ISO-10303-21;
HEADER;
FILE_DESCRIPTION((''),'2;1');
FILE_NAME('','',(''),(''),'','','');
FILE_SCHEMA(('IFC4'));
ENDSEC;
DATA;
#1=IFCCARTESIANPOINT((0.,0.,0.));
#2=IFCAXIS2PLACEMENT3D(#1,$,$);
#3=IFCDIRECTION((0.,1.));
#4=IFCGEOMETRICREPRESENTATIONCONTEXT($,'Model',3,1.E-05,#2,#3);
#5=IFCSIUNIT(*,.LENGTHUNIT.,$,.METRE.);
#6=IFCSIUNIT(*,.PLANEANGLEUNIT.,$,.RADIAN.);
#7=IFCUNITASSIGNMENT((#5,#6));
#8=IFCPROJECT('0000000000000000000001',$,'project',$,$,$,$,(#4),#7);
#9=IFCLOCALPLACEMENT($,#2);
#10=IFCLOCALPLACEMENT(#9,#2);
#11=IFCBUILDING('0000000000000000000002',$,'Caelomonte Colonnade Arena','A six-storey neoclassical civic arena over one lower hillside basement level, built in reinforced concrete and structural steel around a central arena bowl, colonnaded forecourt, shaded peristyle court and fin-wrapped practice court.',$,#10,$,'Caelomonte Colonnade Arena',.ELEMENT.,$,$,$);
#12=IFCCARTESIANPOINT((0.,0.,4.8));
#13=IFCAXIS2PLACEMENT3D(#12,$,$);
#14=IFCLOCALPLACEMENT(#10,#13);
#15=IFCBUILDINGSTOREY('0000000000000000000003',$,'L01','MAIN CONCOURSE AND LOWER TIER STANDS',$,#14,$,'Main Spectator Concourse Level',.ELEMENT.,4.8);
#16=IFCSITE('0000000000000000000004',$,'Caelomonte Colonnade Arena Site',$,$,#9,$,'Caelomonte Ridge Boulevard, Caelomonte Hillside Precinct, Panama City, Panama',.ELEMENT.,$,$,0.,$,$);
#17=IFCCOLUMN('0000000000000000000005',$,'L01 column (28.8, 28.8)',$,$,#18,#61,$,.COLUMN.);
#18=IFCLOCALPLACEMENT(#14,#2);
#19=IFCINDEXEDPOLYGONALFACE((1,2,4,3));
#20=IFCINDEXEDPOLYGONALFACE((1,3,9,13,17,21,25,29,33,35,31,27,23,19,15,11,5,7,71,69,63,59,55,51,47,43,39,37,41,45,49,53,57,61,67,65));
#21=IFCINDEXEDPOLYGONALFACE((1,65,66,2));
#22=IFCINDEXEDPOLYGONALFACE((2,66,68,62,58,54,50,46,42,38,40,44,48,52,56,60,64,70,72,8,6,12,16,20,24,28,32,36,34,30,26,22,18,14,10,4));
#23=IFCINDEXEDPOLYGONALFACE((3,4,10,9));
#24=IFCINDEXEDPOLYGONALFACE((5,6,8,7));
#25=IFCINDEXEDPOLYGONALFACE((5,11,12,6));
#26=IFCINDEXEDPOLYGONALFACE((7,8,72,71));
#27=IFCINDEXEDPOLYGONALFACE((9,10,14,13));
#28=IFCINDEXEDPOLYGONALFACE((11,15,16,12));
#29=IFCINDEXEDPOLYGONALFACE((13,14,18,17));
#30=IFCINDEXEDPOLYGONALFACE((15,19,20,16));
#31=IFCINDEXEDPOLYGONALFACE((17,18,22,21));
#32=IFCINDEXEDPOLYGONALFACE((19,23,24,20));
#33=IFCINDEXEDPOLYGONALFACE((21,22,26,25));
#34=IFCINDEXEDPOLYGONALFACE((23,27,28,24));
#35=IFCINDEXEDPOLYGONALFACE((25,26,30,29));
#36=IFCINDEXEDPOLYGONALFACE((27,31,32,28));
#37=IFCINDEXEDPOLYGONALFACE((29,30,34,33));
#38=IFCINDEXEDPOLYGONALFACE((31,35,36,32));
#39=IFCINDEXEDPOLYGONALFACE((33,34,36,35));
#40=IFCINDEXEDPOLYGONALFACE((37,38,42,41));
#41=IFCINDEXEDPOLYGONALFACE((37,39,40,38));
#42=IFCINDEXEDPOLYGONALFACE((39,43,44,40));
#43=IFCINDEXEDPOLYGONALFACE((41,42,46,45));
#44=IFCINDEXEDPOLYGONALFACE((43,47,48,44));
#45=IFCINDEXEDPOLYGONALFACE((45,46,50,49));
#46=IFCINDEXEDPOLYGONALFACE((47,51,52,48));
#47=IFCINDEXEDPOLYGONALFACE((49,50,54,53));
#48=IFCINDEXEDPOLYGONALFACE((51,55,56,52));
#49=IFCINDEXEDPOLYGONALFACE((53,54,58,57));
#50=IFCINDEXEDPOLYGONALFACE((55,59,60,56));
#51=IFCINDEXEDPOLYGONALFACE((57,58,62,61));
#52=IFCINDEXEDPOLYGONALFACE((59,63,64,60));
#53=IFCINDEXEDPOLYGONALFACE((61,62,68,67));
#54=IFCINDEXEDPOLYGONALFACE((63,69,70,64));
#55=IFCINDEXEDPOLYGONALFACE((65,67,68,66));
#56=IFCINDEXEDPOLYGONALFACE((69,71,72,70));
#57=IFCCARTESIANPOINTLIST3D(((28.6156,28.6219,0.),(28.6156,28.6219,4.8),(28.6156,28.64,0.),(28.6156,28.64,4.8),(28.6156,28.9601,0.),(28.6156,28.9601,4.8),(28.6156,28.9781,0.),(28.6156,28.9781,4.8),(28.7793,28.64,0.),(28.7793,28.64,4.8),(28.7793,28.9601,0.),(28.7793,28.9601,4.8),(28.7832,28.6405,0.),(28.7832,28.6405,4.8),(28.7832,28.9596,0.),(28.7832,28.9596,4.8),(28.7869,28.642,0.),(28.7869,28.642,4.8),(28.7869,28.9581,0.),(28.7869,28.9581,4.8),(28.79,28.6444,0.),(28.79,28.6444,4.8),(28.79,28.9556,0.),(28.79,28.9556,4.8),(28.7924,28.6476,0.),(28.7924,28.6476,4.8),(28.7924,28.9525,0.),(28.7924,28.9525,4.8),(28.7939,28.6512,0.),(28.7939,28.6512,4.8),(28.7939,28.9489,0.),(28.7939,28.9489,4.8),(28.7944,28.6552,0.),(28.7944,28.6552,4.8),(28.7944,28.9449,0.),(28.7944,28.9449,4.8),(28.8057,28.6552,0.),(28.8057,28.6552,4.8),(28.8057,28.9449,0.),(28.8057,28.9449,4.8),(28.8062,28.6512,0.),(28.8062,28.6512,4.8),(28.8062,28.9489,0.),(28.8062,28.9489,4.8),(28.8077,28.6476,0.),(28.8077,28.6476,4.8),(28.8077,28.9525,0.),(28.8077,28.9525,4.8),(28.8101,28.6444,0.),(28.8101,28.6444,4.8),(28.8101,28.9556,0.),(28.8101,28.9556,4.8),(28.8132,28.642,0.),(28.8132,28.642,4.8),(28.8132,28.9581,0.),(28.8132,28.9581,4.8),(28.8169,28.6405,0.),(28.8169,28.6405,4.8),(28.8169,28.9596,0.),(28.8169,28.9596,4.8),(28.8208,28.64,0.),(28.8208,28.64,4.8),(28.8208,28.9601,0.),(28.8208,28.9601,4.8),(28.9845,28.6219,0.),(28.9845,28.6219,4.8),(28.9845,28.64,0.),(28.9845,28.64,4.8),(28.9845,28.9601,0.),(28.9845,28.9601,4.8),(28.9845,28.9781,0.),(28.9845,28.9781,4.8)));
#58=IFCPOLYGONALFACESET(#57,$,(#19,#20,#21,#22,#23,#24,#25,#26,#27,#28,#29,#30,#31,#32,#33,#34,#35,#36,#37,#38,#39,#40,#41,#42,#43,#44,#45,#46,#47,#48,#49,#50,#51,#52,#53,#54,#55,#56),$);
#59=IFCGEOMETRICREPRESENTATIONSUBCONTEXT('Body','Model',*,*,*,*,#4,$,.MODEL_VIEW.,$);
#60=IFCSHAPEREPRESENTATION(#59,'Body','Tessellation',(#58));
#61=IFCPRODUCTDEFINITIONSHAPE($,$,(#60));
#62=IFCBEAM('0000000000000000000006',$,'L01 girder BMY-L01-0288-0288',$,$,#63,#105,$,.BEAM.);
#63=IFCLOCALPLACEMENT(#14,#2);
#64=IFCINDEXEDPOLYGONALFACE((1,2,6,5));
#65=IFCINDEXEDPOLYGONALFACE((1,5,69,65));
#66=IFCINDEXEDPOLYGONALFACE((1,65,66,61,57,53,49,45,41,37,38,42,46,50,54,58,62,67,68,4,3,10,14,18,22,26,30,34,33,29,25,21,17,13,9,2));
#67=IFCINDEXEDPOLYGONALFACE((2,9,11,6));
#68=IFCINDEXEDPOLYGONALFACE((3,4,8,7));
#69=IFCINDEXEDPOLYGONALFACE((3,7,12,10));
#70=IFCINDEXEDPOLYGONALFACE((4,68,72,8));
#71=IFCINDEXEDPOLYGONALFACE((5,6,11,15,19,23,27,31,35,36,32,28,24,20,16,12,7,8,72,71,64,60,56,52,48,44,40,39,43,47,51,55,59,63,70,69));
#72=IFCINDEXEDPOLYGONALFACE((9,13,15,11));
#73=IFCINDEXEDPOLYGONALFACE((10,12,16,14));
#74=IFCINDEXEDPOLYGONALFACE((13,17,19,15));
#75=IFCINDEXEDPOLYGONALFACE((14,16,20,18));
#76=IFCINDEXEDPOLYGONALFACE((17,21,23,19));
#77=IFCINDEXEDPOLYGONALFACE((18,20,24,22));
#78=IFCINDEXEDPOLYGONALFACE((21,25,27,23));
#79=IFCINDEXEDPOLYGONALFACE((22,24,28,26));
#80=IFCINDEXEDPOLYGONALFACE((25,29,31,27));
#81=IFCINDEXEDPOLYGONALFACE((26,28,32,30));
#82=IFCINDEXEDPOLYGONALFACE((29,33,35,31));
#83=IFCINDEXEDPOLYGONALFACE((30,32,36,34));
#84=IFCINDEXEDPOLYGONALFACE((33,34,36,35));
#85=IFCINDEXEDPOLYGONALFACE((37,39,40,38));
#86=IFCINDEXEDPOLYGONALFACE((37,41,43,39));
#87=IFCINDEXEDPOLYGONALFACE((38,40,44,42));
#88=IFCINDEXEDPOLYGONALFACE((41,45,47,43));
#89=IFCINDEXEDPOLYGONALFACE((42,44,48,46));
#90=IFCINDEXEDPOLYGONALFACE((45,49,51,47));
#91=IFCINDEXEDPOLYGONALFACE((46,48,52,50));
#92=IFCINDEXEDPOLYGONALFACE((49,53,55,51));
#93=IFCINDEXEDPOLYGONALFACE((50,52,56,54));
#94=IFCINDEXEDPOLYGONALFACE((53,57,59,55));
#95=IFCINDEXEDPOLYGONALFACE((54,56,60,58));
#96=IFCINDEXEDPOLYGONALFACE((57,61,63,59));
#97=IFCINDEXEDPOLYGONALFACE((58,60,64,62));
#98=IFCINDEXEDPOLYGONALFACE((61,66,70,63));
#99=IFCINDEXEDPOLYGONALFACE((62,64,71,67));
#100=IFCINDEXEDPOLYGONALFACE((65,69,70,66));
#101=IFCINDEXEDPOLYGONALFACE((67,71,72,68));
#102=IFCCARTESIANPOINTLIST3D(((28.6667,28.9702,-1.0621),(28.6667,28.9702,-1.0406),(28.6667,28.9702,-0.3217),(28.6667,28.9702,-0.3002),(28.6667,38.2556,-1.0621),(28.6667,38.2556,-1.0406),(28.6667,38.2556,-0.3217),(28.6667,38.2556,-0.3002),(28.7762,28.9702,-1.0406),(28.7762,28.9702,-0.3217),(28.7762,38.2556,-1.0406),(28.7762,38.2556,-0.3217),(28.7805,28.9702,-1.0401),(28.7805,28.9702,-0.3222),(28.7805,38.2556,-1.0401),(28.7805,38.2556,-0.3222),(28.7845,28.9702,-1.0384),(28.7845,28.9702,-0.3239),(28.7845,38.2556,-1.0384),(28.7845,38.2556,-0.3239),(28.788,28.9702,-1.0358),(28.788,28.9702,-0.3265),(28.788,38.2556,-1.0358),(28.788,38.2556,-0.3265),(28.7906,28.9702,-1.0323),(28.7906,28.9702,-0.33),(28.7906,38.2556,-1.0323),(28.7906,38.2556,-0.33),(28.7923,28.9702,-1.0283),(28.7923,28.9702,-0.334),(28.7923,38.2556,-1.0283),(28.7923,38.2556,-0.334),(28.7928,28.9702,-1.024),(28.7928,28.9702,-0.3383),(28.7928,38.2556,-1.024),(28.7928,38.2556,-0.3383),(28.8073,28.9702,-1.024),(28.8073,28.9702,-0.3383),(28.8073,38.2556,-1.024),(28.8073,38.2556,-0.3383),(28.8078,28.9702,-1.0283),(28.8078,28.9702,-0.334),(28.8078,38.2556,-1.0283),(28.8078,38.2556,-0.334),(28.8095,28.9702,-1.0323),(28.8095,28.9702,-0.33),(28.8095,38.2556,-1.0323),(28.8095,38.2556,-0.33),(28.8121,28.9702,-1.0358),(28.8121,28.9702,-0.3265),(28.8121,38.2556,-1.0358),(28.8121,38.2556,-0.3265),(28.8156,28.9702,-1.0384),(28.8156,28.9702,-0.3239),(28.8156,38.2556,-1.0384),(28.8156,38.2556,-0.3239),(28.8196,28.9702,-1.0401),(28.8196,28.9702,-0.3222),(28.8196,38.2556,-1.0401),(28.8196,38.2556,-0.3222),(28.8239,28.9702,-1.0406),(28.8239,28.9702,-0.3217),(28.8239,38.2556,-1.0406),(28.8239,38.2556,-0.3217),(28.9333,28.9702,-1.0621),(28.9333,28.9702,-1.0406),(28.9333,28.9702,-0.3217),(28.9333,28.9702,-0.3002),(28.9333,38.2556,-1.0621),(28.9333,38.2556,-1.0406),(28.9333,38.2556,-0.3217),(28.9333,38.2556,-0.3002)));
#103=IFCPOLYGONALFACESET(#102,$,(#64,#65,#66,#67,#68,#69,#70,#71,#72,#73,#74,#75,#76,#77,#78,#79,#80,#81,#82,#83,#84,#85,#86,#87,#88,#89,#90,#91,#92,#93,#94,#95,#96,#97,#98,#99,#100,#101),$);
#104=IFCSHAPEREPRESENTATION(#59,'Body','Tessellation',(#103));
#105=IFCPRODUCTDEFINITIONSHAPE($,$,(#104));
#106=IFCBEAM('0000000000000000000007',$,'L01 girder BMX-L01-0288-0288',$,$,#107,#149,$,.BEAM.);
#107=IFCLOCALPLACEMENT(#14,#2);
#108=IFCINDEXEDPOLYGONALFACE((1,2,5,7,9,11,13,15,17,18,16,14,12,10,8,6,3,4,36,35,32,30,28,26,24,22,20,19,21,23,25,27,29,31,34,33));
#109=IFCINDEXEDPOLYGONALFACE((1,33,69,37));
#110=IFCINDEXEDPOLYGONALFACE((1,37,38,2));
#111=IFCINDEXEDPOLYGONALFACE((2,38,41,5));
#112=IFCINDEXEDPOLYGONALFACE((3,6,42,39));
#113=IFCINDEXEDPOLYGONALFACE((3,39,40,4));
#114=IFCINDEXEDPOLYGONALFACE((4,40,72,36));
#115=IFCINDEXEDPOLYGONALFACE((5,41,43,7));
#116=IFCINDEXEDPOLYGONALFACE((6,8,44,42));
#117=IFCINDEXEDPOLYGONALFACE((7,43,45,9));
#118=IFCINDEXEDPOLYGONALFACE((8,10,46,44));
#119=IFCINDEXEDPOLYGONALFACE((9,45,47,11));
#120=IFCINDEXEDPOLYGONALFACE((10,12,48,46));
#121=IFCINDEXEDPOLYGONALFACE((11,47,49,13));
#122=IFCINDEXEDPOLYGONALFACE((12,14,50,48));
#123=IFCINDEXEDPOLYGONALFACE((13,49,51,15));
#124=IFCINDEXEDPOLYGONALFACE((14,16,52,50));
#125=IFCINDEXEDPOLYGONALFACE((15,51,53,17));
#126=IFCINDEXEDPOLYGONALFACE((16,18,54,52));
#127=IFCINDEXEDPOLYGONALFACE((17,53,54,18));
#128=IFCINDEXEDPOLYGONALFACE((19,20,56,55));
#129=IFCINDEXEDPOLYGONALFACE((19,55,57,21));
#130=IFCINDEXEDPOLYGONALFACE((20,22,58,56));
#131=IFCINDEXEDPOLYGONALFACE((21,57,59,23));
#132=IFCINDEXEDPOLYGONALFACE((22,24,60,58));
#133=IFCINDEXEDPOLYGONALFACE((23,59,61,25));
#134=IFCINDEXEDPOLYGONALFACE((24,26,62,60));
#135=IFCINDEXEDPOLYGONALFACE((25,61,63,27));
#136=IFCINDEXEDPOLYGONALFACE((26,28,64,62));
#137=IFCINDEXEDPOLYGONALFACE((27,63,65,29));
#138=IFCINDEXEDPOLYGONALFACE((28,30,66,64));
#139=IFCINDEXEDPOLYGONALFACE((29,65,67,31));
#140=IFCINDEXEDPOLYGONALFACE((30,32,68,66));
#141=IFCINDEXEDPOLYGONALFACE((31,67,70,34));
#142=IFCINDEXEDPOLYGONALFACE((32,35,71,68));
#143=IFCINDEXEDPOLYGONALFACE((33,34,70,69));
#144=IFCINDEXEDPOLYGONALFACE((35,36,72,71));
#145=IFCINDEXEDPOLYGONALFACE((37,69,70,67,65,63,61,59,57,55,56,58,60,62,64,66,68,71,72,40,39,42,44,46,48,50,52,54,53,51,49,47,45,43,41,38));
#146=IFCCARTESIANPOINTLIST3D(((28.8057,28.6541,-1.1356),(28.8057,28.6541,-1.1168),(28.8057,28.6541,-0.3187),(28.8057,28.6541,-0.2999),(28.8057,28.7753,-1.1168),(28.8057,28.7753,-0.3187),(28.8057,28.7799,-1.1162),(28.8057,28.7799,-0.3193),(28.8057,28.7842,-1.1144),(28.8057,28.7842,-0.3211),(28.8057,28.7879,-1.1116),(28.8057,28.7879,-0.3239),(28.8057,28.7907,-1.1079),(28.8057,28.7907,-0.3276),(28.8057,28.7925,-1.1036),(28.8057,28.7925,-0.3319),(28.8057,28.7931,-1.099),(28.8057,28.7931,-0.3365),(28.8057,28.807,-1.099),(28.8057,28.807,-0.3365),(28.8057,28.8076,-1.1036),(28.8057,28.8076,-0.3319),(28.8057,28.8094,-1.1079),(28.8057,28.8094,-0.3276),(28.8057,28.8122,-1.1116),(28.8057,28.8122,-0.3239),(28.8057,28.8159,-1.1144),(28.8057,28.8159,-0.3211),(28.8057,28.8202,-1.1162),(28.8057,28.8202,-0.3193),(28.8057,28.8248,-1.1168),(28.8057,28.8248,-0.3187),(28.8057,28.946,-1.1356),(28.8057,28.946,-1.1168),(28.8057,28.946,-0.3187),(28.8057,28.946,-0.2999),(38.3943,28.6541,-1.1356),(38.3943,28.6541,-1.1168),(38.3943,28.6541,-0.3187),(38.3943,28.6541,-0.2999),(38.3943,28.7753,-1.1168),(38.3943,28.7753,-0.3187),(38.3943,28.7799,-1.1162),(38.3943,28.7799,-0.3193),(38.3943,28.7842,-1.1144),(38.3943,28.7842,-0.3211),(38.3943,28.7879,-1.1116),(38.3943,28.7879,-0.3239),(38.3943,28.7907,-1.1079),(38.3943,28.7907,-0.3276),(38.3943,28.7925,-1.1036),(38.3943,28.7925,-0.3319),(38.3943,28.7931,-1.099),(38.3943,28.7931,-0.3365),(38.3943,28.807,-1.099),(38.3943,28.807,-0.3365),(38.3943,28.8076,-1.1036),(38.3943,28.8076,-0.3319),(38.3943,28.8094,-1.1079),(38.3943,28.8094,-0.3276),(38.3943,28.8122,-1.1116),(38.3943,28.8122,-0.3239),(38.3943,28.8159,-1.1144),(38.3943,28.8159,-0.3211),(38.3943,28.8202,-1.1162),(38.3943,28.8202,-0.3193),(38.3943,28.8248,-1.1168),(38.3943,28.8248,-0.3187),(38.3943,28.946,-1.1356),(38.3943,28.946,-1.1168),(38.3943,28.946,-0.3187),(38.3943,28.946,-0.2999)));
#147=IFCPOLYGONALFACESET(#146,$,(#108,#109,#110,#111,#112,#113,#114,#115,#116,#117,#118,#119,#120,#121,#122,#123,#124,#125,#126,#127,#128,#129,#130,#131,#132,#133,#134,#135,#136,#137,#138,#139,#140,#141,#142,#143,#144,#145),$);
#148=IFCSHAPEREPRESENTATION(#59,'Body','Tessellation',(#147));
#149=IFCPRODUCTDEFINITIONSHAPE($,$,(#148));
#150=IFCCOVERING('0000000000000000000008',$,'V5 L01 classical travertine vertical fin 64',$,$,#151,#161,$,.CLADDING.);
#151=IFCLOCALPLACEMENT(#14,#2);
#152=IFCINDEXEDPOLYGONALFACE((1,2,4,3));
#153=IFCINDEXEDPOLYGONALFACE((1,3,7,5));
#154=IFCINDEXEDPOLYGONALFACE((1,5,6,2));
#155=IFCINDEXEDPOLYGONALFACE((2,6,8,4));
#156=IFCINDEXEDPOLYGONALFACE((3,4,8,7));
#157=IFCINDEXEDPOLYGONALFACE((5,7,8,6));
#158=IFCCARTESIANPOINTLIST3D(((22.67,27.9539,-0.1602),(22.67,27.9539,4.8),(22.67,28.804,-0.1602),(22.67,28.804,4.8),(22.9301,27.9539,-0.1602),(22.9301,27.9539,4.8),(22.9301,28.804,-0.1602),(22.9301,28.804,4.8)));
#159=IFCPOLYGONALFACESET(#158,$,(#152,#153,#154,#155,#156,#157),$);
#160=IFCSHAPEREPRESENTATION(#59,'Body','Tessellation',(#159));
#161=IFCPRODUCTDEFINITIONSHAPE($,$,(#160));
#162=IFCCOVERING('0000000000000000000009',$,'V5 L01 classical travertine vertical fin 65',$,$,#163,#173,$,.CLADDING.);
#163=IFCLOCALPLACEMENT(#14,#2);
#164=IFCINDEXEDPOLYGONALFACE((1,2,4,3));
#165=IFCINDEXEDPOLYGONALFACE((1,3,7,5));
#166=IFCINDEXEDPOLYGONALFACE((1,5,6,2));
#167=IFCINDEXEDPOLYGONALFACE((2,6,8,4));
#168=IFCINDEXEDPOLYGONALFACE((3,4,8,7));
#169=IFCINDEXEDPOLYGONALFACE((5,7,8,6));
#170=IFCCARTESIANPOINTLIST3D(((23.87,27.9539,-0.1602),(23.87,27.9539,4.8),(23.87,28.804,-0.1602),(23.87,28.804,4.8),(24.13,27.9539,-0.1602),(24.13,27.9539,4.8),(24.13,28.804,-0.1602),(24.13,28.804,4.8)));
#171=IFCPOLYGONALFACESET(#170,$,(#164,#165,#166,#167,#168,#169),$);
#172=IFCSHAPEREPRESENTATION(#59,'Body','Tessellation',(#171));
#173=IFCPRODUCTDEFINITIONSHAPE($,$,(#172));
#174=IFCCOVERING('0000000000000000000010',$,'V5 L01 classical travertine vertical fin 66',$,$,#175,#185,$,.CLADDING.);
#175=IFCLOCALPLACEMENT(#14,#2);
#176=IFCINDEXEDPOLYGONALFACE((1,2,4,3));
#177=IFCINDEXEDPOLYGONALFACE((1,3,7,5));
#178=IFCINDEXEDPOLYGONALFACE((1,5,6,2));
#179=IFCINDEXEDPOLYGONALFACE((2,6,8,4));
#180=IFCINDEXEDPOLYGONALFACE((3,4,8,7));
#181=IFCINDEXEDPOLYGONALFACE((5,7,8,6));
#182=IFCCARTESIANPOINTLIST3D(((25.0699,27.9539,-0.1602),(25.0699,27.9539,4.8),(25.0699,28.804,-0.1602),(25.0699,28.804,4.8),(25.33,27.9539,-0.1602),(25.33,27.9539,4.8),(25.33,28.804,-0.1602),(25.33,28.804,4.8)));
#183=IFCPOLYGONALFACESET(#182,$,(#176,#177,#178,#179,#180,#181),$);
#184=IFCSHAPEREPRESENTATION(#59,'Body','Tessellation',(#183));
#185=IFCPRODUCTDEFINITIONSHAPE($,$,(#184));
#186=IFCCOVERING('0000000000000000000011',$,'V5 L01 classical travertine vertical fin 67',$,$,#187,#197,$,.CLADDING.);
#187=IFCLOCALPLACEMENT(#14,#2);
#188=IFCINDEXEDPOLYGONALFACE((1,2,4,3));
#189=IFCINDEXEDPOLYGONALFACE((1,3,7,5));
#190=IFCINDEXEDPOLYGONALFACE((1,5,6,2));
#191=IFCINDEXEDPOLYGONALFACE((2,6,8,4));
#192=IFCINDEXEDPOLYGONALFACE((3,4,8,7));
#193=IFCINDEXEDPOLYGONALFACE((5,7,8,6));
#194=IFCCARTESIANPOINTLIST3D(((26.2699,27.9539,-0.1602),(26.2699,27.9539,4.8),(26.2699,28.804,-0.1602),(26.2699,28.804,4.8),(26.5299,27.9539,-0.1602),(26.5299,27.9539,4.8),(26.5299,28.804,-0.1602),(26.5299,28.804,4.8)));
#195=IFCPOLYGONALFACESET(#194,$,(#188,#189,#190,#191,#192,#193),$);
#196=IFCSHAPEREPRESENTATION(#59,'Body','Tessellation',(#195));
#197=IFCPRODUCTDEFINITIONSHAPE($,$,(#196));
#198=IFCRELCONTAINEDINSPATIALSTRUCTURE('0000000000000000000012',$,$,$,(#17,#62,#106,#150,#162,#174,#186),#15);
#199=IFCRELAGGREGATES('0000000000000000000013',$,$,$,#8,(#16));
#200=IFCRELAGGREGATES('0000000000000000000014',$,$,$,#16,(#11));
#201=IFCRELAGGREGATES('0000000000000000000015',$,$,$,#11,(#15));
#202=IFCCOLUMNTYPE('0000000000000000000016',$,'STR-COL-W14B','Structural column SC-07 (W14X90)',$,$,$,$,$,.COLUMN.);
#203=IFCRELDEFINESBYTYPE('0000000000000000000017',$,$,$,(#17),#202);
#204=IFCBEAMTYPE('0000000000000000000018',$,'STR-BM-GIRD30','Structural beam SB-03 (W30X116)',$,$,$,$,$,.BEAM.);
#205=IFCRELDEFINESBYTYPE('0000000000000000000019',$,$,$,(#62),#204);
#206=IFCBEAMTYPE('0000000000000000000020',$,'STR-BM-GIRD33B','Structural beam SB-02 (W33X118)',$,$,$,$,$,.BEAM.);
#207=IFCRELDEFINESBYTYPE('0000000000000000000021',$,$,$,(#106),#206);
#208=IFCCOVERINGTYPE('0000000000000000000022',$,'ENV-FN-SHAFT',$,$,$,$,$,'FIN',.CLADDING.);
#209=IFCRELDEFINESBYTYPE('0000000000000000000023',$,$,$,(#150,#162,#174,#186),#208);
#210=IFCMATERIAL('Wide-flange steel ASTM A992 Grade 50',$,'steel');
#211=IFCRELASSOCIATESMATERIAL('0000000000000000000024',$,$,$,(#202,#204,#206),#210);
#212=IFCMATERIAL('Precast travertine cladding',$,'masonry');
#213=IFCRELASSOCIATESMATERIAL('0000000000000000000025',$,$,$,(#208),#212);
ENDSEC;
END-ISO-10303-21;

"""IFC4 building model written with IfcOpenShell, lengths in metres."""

from ifc_helpers import new_model, si_unit, direction, frame, origin, origin_2d, place, context, subcontext, project, spatial, rectangle, i_section, extrude, material, material_profile, profile_set, type_object, element, save


model = new_model("IFC4")

# Units and contexts
model_context = context("Model", 3, precision=1e-05, world=origin(), true_north=direction((0.0, 1.0)))
body_context = subcontext(model_context, "Body", "Model", "MODEL_VIEW")
ifc_project = project(units=[si_unit("LENGTHUNIT", "METRE"), si_unit("PLANEANGLEUNIT", "RADIAN")], contexts=[model_context])

# Site, building, storey
site_placement = place(None, origin())
site = spatial("IfcSite", under=ifc_project, at=site_placement, Name="Caelomonte Colonnade Arena Site", LongName="Caelomonte Ridge Boulevard, Caelomonte Hillside Precinct, Panama City, Panama", CompositionType="ELEMENT", RefElevation=0.0)
building_placement = place(site_placement, origin())
building = spatial("IfcBuilding", under=site, at=building_placement, Name="Caelomonte Colonnade Arena", Description="A six-storey neoclassical civic arena over one lower hillside basement level, built in reinforced concrete and structural steel around a central arena bowl, colonnaded forecourt, shaded peristyle court and fin-wrapped practice court.", LongName="Caelomonte Colonnade Arena", CompositionType="ELEMENT")
storey_placement = place(building_placement, frame((0.0, 0.0, 4.8)))
storey = spatial("IfcBuildingStorey", under=building, at=storey_placement, Name="L01", Description="MAIN CONCOURSE AND LOWER TIER STANDS", LongName="Main Spectator Concourse Level", CompositionType="ELEMENT", Elevation=4.8)

# Column
ifc_material_1 = material(Name="Wide-flange steel ASTM A992 Grade 50", Category="steel")
ifc_material_profile_1 = material_profile(ifc_material_1, i_section(OverallWidth=0.3689, OverallDepth=0.3562, WebThickness=0.0112, FlangeThickness=0.0181, FilletRadius=0.0151, at=origin_2d()), Name="W14X90")
ifc_profile_set_1 = profile_set([ifc_material_profile_1], Name="Wide-flange steel ASTM A992 Grade 50")
column_type = type_object("IfcColumnType", Name="STR-COL-W14B", Description="Structural column SC-07 (W14X90)", PredefinedType="COLUMN", material=ifc_profile_set_1)
column_placement = place(storey_placement, frame((28.8, 28.8, 0.0), z_axis=(0.0, 0.0, 1.0), x_axis=(1.0, 0.0, 0.0)))
element("IfcColumn", 1, at=column_placement, inside=storey, type_object=column_type, Name="L01 column (28.8, 28.8)", PredefinedType="COLUMN", context=body_context, shape_type="SweptSolid", body=[
    extrude(i_section(OverallWidth=0.3689, OverallDepth=0.3562, WebThickness=0.0112, FlangeThickness=0.0181, FilletRadius=0.0151, at=origin_2d()), origin(), (0.0, 0.0, 1.0), 4.8),
])

# Beams
ifc_material_profile_2 = material_profile(ifc_material_1, i_section(OverallWidth=0.2666, OverallDepth=0.762, WebThickness=0.0144, FlangeThickness=0.0215, FilletRadius=0.0166, at=origin_2d()), Name="W30X116")
ifc_profile_set_2 = profile_set([ifc_material_profile_2], Name="Wide-flange steel ASTM A992 Grade 50")
beam_type_1 = type_object("IfcBeamType", Name="STR-BM-GIRD30", Description="Structural beam SB-03 (W30X116)", PredefinedType="BEAM", material=ifc_profile_set_2)
beam_1_placement = place(storey_placement, frame((28.8, 28.9702, -0.6812), z_axis=(0.0, 1.0, 0.0), x_axis=(-1.0, 0.0, 0.0)))
element("IfcBeam", 2, at=beam_1_placement, inside=storey, type_object=beam_type_1, Name="L01 girder BMY-L01-0288-0288", PredefinedType="BEAM", context=body_context, shape_type="SweptSolid", body=[
    extrude(i_section(OverallWidth=0.2666, OverallDepth=0.762, WebThickness=0.0144, FlangeThickness=0.0215, FilletRadius=0.0166, at=origin_2d()), origin(), (0.0, 0.0, 1.0), 9.2854),
])
ifc_material_profile_3 = material_profile(ifc_material_1, i_section(OverallWidth=0.292, OverallDepth=0.8357, WebThickness=0.0139, FlangeThickness=0.0188, FilletRadius=0.0178, at=origin_2d()), Name="W33X118")
ifc_profile_set_3 = profile_set([ifc_material_profile_3], Name="Wide-flange steel ASTM A992 Grade 50")
beam_type_2 = type_object("IfcBeamType", Name="STR-BM-GIRD33B", Description="Structural beam SB-02 (W33X118)", PredefinedType="BEAM", material=ifc_profile_set_3)
beam_2_placement = place(storey_placement, frame((28.8057, 28.8, -0.7178), z_axis=(1.0, 0.0, 0.0), x_axis=(0.0, 1.0, 0.0)))
element("IfcBeam", 3, at=beam_2_placement, inside=storey, type_object=beam_type_2, Name="L01 girder BMX-L01-0288-0288", PredefinedType="BEAM", context=body_context, shape_type="SweptSolid", body=[
    extrude(i_section(OverallWidth=0.292, OverallDepth=0.8357, WebThickness=0.0139, FlangeThickness=0.0188, FilletRadius=0.0178, at=origin_2d()), origin(), (0.0, 0.0, 1.0), 9.5886),
])

# Coverings
ifc_material_2 = material(Name="Precast travertine cladding", Category="masonry")
ifc_material_profile_4 = material_profile(ifc_material_2, rectangle(XDim=0.26, YDim=0.8501, at=origin_2d()), Name="FIN260X850")
ifc_profile_set_4 = profile_set([ifc_material_profile_4], Name="Precast travertine cladding")
covering_type = type_object("IfcCoveringType", Name="ENV-FN-SHAFT", ElementType="FIN", PredefinedType="CLADDING", material=ifc_profile_set_4)
for number, where, z_axis, x_axis, name in (
    (4, (22.8, 28.3789, -0.1602), (0.0, 0.0, 1.0), (-1.0, 0.0, 0.0), "V5 L01 classical travertine vertical fin 64"),
    (5, (24.0, 28.3789, -0.1602), (0.0, 0.0, 1.0), (-1.0, 0.0, 0.0), "V5 L01 classical travertine vertical fin 65"),
    (6, (25.2, 28.3789, -0.1602), (0.0, 0.0, 1.0), (-1.0, 0.0, 0.0), "V5 L01 classical travertine vertical fin 66"),
    (7, (26.3999, 28.3789, -0.1602), (0.0, 0.0, 1.0), (-1.0, 0.0, 0.0), "V5 L01 classical travertine vertical fin 67"),
):
    element("IfcCovering", number, at=place(storey_placement, frame(where, z_axis=z_axis, x_axis=x_axis)), inside=storey, type_object=covering_type, Name=name, PredefinedType="CLADDING", context=body_context, shape_type="SweptSolid", body=[
        extrude(rectangle(XDim=0.26, YDim=0.8501, at=origin_2d()), origin(), (0.0, 0.0, 1.0), 4.9602),
    ])

save(model, "model.ifc")
